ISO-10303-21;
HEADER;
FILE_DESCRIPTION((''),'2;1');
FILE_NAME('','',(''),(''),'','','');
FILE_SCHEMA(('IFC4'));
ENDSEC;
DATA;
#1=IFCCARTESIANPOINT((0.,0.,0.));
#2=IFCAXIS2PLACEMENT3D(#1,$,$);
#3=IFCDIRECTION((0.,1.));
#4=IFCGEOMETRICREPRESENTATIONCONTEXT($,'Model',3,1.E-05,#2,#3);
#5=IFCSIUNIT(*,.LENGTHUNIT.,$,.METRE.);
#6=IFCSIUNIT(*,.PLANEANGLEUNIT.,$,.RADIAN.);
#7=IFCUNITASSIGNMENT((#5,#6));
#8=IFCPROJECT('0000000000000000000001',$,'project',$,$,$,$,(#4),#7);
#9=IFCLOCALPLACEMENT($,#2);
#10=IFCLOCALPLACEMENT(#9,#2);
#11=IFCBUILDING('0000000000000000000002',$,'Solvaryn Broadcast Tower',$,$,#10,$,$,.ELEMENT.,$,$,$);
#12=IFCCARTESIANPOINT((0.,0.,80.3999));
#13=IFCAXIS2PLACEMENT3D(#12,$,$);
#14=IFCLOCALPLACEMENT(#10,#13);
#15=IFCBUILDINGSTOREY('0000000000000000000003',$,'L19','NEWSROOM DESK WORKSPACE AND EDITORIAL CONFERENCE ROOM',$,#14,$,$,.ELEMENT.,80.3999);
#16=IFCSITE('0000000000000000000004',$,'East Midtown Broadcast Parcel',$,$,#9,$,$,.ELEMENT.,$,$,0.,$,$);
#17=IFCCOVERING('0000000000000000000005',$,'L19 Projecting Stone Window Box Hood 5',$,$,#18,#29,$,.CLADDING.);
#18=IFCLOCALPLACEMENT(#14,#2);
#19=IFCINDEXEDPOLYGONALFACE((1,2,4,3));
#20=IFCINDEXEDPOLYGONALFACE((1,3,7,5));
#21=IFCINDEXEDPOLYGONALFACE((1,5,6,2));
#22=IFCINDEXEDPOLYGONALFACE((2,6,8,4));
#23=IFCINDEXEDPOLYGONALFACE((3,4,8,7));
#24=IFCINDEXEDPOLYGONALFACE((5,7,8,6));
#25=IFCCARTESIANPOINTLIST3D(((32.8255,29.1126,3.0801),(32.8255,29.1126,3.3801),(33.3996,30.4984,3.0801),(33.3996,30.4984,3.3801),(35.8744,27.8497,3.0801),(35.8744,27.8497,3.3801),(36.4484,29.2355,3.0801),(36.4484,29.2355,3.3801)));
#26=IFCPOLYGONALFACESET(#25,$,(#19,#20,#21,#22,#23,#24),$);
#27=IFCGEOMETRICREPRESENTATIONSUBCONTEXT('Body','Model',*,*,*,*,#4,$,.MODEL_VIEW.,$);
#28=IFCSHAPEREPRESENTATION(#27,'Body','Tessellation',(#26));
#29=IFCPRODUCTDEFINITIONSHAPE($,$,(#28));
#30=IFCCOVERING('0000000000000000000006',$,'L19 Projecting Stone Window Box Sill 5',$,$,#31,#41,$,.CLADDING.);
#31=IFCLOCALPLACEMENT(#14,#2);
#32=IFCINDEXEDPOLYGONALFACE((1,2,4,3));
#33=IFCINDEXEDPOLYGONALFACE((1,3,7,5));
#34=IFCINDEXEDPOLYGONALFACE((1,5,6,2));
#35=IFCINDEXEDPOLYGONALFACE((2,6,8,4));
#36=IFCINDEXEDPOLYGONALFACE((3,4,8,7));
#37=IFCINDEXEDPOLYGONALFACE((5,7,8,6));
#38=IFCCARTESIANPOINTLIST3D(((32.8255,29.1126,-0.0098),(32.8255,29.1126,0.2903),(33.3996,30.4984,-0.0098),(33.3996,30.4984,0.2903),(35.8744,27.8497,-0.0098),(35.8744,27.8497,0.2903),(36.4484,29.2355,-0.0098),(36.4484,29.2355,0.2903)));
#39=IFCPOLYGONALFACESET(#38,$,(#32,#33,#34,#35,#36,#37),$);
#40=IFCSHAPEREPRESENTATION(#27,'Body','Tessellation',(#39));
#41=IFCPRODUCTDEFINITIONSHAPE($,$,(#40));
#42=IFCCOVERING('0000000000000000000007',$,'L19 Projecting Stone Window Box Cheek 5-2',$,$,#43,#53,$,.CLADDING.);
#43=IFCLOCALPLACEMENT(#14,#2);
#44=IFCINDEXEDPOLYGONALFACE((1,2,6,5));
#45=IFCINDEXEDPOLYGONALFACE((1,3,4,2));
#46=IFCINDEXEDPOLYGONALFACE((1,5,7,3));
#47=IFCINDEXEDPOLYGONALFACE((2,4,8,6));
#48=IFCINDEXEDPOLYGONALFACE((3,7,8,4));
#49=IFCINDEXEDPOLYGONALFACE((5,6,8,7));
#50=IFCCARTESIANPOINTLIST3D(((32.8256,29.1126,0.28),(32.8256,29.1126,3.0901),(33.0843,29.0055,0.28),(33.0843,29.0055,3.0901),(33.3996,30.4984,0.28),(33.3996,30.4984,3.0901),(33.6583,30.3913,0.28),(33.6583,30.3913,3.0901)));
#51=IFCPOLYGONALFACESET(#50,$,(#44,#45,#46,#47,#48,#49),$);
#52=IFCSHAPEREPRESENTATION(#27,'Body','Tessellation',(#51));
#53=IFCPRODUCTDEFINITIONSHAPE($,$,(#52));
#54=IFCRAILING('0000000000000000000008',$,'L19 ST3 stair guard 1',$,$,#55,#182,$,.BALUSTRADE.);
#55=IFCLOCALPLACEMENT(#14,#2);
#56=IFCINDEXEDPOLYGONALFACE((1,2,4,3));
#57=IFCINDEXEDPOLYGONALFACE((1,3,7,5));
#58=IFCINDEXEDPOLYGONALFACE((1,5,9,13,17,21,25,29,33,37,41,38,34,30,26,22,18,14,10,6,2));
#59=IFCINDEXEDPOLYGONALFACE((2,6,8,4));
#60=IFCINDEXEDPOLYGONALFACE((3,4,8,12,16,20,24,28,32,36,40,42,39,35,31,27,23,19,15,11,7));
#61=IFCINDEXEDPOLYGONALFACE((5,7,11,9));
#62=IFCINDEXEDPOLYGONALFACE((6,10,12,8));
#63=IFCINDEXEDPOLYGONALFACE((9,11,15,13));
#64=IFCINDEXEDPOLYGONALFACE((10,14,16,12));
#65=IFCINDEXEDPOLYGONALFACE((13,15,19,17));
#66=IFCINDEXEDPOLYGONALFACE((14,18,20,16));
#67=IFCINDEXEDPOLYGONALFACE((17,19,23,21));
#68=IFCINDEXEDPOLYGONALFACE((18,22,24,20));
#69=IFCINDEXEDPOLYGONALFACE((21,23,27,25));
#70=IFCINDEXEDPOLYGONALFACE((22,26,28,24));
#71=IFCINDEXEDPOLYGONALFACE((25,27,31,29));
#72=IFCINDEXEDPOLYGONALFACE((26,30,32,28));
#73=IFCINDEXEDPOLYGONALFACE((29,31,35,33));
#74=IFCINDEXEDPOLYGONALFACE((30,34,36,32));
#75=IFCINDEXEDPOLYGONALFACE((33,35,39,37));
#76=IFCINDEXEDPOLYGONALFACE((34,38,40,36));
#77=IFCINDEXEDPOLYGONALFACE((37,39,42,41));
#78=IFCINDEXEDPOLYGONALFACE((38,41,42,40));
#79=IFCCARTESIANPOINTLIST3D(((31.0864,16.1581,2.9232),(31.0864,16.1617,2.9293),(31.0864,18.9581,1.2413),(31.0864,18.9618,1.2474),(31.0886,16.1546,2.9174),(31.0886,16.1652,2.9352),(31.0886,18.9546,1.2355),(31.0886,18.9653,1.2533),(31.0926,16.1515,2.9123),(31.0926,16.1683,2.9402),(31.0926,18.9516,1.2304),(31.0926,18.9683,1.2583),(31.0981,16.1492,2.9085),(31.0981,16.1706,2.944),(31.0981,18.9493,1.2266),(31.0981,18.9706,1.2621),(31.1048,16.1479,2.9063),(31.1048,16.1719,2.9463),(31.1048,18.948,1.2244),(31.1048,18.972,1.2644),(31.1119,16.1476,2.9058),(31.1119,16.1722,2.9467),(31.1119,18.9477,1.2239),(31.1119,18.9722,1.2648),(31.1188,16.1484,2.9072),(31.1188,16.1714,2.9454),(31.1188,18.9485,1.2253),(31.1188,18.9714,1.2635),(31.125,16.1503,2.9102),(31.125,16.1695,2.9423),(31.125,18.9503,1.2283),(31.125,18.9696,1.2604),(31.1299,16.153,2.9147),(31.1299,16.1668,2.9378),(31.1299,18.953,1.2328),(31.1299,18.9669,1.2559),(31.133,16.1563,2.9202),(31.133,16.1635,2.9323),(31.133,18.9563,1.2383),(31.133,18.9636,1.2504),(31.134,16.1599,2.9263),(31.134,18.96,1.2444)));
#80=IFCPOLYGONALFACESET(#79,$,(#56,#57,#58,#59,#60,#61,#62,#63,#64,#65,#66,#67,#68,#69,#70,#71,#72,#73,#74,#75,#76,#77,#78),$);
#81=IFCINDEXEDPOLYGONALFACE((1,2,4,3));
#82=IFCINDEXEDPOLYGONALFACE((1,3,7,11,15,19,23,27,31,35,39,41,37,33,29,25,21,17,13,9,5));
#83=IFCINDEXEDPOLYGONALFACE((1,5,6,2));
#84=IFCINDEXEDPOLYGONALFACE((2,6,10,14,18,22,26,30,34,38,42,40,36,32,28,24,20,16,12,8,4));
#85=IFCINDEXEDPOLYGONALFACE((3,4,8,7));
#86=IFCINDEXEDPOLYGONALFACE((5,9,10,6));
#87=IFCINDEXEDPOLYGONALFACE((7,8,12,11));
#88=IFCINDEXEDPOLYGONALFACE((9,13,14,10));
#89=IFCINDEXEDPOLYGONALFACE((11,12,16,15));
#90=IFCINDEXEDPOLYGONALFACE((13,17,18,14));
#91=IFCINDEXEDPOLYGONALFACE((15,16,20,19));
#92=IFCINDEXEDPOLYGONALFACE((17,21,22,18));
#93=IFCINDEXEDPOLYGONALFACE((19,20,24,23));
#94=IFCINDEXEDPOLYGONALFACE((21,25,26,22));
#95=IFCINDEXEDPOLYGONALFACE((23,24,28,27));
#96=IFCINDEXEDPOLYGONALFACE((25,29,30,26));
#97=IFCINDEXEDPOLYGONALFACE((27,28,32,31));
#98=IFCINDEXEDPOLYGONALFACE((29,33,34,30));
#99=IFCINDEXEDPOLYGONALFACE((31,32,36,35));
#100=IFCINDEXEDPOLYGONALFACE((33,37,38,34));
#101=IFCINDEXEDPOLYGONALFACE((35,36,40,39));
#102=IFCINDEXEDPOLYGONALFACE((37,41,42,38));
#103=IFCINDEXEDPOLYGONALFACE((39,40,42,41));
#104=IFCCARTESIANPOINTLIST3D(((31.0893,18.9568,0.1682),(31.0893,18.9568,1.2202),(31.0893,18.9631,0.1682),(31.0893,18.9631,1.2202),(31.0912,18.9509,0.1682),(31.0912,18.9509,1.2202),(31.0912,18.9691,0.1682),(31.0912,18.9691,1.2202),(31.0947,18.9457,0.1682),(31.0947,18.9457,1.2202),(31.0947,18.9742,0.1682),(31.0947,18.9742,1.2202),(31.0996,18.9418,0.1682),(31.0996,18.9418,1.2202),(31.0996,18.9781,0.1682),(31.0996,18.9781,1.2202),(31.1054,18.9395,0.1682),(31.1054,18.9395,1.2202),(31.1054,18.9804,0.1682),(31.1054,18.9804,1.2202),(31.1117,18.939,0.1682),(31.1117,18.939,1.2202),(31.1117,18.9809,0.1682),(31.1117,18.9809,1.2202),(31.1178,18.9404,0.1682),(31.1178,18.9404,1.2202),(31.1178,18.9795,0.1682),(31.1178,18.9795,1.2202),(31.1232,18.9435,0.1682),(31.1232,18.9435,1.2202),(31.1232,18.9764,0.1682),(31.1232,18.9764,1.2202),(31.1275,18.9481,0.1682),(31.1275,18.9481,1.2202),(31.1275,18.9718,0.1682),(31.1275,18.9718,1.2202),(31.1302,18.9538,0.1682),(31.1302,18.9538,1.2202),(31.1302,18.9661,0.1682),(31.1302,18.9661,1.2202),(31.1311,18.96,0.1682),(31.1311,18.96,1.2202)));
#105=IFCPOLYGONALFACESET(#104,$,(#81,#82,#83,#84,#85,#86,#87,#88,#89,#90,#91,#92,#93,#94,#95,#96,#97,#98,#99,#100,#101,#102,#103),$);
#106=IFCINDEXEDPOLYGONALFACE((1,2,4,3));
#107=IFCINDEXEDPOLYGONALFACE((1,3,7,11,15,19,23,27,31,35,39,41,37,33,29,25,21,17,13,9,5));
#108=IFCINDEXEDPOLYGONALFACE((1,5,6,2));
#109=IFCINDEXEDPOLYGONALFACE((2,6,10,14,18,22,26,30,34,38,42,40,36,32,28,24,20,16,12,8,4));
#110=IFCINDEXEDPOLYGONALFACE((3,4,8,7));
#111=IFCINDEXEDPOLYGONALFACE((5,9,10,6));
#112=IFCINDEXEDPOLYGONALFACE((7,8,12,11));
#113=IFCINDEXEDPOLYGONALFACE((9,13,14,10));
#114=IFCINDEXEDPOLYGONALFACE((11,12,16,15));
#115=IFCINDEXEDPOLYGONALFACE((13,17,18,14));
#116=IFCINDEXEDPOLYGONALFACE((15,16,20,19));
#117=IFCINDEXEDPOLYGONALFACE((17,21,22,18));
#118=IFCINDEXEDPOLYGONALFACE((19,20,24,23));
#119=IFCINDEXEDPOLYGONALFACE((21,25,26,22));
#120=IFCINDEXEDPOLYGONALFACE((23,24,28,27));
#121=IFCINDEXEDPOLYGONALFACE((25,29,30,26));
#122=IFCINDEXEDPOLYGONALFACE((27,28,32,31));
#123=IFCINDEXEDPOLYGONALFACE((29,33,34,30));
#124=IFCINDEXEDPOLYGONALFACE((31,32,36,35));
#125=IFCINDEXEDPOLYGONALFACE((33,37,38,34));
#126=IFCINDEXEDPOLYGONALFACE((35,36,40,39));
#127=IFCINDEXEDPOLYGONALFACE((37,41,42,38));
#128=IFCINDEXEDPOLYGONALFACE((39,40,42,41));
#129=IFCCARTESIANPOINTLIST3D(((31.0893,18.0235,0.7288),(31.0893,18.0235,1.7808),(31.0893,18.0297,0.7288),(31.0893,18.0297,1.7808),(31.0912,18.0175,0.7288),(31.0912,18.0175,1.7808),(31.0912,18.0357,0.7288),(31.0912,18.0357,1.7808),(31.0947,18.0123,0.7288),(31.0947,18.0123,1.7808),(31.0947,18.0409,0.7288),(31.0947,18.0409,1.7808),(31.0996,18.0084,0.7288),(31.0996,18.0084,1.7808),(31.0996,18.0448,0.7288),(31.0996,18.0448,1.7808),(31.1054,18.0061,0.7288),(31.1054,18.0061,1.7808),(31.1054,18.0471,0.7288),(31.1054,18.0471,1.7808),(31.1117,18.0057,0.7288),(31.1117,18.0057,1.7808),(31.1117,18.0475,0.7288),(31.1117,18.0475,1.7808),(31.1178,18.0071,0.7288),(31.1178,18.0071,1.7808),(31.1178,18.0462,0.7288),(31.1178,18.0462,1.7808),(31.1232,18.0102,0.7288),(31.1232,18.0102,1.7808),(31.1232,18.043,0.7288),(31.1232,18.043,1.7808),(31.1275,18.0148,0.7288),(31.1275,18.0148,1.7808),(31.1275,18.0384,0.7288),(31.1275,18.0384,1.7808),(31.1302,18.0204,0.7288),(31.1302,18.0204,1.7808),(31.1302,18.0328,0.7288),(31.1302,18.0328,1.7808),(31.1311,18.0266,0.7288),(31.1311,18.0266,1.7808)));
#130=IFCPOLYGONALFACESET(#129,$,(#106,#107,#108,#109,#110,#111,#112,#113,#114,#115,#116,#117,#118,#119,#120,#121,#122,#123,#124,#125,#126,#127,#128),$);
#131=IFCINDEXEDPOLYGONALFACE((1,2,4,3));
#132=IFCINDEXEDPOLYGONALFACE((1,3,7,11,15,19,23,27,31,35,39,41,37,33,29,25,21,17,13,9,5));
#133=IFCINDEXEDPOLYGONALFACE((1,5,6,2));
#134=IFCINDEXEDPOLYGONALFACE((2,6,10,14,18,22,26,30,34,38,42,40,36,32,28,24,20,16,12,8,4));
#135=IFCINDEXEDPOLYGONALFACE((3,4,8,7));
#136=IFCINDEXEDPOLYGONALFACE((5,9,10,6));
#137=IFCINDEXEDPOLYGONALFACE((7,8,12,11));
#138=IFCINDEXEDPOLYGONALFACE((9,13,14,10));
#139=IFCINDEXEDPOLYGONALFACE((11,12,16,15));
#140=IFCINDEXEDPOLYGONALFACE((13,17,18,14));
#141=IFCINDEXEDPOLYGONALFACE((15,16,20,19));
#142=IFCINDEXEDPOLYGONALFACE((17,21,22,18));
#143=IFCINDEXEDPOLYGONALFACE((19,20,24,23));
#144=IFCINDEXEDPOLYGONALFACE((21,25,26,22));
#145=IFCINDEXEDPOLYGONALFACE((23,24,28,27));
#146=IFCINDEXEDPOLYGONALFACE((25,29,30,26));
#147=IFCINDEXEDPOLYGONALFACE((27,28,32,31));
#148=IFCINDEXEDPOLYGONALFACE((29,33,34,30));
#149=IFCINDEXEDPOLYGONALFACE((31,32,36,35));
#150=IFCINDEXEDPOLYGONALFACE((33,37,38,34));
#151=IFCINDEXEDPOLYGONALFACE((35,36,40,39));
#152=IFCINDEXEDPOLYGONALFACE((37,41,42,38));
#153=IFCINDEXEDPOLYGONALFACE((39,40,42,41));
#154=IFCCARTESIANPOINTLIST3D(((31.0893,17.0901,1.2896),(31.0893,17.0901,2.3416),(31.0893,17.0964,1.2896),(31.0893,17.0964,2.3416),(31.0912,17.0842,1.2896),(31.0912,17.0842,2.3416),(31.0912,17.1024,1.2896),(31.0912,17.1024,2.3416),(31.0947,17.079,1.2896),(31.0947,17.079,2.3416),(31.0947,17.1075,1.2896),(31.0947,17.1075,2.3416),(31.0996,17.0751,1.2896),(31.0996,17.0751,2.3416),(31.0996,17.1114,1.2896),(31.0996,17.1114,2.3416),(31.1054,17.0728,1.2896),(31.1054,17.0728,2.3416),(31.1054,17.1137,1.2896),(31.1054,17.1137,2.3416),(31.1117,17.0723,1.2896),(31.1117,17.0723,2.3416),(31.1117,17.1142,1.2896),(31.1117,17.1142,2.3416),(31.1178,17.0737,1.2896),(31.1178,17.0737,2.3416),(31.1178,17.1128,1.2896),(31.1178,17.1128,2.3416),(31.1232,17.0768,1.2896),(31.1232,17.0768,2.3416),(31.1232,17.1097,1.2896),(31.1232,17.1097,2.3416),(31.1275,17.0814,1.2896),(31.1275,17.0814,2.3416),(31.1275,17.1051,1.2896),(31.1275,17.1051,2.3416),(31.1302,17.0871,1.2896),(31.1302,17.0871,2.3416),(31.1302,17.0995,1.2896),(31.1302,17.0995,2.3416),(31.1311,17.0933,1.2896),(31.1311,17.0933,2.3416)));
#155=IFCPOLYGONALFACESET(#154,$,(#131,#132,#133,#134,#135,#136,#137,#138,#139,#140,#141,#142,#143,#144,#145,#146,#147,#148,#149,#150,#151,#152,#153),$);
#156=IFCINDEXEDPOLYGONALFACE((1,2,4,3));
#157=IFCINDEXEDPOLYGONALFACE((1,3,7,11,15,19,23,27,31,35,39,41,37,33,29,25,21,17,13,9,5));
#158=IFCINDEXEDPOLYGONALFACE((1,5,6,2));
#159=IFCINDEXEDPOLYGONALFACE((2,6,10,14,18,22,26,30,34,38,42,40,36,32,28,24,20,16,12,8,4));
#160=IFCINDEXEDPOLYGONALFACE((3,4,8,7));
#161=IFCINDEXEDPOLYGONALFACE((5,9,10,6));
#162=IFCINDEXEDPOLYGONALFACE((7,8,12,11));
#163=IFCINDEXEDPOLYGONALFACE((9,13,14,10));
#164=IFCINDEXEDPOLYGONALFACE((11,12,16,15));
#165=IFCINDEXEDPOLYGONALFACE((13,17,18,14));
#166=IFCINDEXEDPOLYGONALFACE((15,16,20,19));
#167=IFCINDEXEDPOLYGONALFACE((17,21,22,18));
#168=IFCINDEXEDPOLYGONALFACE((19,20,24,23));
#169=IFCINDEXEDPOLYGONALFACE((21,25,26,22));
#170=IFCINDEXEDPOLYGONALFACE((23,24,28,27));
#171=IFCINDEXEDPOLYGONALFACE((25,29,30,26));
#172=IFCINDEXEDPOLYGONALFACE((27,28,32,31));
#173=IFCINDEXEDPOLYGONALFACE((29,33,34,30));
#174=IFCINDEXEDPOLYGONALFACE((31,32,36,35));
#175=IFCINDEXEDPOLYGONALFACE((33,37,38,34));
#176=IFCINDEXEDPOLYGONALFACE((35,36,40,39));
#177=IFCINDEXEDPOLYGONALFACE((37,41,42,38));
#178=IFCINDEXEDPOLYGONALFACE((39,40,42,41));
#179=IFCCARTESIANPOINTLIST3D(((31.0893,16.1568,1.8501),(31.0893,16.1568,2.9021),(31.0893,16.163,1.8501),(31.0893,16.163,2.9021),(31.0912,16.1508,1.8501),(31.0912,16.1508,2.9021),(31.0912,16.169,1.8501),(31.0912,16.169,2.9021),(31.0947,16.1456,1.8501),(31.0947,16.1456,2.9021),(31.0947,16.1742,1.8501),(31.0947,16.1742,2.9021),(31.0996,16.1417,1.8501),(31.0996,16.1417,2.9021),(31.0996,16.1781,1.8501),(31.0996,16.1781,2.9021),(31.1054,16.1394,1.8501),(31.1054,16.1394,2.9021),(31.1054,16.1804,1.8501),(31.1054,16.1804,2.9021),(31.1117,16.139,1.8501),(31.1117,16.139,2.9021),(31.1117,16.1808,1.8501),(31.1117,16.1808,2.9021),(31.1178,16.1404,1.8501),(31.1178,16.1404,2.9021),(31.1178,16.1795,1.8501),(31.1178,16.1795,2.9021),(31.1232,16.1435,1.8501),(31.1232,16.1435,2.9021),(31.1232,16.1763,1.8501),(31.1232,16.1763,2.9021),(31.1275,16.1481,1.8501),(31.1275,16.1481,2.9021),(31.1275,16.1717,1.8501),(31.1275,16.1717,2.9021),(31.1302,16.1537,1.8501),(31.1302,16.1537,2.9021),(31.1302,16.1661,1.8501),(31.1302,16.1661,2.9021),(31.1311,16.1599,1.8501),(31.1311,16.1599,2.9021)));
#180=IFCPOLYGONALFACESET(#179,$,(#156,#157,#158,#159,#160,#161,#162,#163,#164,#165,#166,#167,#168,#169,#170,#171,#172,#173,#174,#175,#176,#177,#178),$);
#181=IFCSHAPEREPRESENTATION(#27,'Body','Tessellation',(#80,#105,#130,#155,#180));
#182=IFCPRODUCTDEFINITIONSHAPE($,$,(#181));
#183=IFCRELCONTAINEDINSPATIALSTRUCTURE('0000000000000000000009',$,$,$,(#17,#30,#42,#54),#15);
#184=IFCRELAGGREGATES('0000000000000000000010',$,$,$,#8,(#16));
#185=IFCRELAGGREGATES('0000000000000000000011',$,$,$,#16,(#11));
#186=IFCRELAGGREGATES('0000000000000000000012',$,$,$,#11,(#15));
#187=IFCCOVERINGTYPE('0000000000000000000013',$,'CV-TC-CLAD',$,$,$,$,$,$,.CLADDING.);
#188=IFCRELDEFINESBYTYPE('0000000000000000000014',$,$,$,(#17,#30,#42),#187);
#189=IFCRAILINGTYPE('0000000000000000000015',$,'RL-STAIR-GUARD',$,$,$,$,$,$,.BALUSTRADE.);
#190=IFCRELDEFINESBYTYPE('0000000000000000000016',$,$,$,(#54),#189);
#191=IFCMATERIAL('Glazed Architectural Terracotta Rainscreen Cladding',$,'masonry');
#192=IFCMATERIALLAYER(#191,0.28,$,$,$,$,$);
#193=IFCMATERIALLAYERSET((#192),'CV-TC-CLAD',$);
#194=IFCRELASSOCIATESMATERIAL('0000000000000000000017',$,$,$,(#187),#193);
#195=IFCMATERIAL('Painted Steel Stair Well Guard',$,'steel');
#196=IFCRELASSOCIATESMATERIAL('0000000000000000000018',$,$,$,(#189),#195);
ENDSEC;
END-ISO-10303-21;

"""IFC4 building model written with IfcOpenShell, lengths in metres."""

from ifc_helpers import new_model, si_unit, direction, frame, origin, origin_2d, place, context, subcontext, project, spatial, rectangle, circle, extrude, material, layer, layer_set, type_object, element, save


model = new_model("IFC4")

# Units and contexts
model_context = context("Model", 3, precision=1e-05, world=origin(), true_north=direction((0.0, 1.0)))
body_context = subcontext(model_context, "Body", "Model", "MODEL_VIEW")
ifc_project = project(units=[si_unit("LENGTHUNIT", "METRE"), si_unit("PLANEANGLEUNIT", "RADIAN")], contexts=[model_context])

# Site, building, storey
site_placement = place(None, origin())
site = spatial("IfcSite", under=ifc_project, at=site_placement, Name="East Midtown Broadcast Parcel", CompositionType="ELEMENT", RefElevation=0.0)
building_placement = place(site_placement, origin())
building = spatial("IfcBuilding", under=site, at=building_placement, Name="Solvaryn Broadcast Tower", CompositionType="ELEMENT")
storey_placement = place(building_placement, frame((0.0, 0.0, 80.3999)))
storey = spatial("IfcBuildingStorey", under=building, at=storey_placement, Name="L19", Description="NEWSROOM DESK WORKSPACE AND EDITORIAL CONFERENCE ROOM", CompositionType="ELEMENT", Elevation=80.3999)

# Coverings
ifc_material_1 = material(Name="Glazed Architectural Terracotta Rainscreen Cladding", Category="masonry")
ifc_layer_1 = layer(ifc_material_1, 0.28)
ifc_layer_set_1 = layer_set([ifc_layer_1], Name="CV-TC-CLAD")
covering_type_1 = type_object("IfcCoveringType", Name="CV-TC-CLAD", PredefinedType="CLADDING", material=ifc_layer_set_1)
for number, where, z_axis, x_axis, name in (
    (1, (34.637, 29.1741, 3.0801), (0.0, 0.0, 1.0), (-0.92388, 0.382683, 0.0), "L19 Projecting Stone Window Box Hood 5"),
    (2, (34.637, 29.1741, -0.0098), (0.0, 0.0, 1.0), (-0.92388, 0.382683, 0.0), "L19 Projecting Stone Window Box Sill 5"),
):
    element("IfcCovering", number, at=place(storey_placement, frame(where, z_axis=z_axis, x_axis=x_axis)), inside=storey, type_object=covering_type_1, Name=name, PredefinedType="CLADDING", context=body_context, shape_type="SweptSolid", body=[
        extrude(rectangle(XDim=3.3, YDim=1.5, at=origin_2d()), origin(), (0.0, 0.0, 1.0), 0.3),
    ])
covering_1_placement = place(storey_placement, frame((33.2419, 29.752, 0.28), z_axis=(0.0, 0.0, 1.0), x_axis=(-0.92388, 0.382683, 0.0)))
element("IfcCovering", 3, at=covering_1_placement, inside=storey, type_object=covering_type_1, Name="L19 Projecting Stone Window Box Cheek 5-2", PredefinedType="CLADDING", context=body_context, shape_type="SweptSolid", body=[
    extrude(rectangle(XDim=0.28, YDim=1.5, at=origin_2d()), origin(), (0.0, 0.0, 1.0), 2.8101),
])

# Railing
ifc_material_2 = material(Name="Painted Steel Stair Well Guard", Category="steel")
railing_type_1 = type_object("IfcRailingType", Name="RL-STAIR-GUARD", PredefinedType="BALUSTRADE", material=ifc_material_2)
railing_1_placement = place(storey_placement, frame((31.1101, 18.96, 0.1682)))
element("IfcRailing", 4, at=railing_1_placement, inside=storey, type_object=railing_type_1, Name="L19 ST3 stair guard 1", PredefinedType="BALUSTRADE", context=body_context, shape_type="SweptSolid", body=[
    extrude(circle(Radius=0.0239, at=origin_2d()), frame((0.0, 0.0, 1.0762), z_axis=(0.0, -0.857242, 0.514913), x_axis=(1.0, 0.0, 0.0)), (0.0, 0.0, 1.0), 3.2664),
    extrude(circle(Radius=0.021, at=origin_2d()), origin(), (0.0, 0.0, 1.0), 1.052),
    extrude(circle(Radius=0.021, at=origin_2d()), frame((0.0, -0.9333, 0.5605)), (0.0, 0.0, 1.0), 1.052),
    extrude(circle(Radius=0.021, at=origin_2d()), frame((0.0, -1.8667, 1.1213)), (0.0, 0.0, 1.0), 1.052),
    extrude(circle(Radius=0.021, at=origin_2d()), frame((0.0, -2.8, 1.6819)), (0.0, 0.0, 1.0), 1.052),
])

save(model, "model.ifc")
